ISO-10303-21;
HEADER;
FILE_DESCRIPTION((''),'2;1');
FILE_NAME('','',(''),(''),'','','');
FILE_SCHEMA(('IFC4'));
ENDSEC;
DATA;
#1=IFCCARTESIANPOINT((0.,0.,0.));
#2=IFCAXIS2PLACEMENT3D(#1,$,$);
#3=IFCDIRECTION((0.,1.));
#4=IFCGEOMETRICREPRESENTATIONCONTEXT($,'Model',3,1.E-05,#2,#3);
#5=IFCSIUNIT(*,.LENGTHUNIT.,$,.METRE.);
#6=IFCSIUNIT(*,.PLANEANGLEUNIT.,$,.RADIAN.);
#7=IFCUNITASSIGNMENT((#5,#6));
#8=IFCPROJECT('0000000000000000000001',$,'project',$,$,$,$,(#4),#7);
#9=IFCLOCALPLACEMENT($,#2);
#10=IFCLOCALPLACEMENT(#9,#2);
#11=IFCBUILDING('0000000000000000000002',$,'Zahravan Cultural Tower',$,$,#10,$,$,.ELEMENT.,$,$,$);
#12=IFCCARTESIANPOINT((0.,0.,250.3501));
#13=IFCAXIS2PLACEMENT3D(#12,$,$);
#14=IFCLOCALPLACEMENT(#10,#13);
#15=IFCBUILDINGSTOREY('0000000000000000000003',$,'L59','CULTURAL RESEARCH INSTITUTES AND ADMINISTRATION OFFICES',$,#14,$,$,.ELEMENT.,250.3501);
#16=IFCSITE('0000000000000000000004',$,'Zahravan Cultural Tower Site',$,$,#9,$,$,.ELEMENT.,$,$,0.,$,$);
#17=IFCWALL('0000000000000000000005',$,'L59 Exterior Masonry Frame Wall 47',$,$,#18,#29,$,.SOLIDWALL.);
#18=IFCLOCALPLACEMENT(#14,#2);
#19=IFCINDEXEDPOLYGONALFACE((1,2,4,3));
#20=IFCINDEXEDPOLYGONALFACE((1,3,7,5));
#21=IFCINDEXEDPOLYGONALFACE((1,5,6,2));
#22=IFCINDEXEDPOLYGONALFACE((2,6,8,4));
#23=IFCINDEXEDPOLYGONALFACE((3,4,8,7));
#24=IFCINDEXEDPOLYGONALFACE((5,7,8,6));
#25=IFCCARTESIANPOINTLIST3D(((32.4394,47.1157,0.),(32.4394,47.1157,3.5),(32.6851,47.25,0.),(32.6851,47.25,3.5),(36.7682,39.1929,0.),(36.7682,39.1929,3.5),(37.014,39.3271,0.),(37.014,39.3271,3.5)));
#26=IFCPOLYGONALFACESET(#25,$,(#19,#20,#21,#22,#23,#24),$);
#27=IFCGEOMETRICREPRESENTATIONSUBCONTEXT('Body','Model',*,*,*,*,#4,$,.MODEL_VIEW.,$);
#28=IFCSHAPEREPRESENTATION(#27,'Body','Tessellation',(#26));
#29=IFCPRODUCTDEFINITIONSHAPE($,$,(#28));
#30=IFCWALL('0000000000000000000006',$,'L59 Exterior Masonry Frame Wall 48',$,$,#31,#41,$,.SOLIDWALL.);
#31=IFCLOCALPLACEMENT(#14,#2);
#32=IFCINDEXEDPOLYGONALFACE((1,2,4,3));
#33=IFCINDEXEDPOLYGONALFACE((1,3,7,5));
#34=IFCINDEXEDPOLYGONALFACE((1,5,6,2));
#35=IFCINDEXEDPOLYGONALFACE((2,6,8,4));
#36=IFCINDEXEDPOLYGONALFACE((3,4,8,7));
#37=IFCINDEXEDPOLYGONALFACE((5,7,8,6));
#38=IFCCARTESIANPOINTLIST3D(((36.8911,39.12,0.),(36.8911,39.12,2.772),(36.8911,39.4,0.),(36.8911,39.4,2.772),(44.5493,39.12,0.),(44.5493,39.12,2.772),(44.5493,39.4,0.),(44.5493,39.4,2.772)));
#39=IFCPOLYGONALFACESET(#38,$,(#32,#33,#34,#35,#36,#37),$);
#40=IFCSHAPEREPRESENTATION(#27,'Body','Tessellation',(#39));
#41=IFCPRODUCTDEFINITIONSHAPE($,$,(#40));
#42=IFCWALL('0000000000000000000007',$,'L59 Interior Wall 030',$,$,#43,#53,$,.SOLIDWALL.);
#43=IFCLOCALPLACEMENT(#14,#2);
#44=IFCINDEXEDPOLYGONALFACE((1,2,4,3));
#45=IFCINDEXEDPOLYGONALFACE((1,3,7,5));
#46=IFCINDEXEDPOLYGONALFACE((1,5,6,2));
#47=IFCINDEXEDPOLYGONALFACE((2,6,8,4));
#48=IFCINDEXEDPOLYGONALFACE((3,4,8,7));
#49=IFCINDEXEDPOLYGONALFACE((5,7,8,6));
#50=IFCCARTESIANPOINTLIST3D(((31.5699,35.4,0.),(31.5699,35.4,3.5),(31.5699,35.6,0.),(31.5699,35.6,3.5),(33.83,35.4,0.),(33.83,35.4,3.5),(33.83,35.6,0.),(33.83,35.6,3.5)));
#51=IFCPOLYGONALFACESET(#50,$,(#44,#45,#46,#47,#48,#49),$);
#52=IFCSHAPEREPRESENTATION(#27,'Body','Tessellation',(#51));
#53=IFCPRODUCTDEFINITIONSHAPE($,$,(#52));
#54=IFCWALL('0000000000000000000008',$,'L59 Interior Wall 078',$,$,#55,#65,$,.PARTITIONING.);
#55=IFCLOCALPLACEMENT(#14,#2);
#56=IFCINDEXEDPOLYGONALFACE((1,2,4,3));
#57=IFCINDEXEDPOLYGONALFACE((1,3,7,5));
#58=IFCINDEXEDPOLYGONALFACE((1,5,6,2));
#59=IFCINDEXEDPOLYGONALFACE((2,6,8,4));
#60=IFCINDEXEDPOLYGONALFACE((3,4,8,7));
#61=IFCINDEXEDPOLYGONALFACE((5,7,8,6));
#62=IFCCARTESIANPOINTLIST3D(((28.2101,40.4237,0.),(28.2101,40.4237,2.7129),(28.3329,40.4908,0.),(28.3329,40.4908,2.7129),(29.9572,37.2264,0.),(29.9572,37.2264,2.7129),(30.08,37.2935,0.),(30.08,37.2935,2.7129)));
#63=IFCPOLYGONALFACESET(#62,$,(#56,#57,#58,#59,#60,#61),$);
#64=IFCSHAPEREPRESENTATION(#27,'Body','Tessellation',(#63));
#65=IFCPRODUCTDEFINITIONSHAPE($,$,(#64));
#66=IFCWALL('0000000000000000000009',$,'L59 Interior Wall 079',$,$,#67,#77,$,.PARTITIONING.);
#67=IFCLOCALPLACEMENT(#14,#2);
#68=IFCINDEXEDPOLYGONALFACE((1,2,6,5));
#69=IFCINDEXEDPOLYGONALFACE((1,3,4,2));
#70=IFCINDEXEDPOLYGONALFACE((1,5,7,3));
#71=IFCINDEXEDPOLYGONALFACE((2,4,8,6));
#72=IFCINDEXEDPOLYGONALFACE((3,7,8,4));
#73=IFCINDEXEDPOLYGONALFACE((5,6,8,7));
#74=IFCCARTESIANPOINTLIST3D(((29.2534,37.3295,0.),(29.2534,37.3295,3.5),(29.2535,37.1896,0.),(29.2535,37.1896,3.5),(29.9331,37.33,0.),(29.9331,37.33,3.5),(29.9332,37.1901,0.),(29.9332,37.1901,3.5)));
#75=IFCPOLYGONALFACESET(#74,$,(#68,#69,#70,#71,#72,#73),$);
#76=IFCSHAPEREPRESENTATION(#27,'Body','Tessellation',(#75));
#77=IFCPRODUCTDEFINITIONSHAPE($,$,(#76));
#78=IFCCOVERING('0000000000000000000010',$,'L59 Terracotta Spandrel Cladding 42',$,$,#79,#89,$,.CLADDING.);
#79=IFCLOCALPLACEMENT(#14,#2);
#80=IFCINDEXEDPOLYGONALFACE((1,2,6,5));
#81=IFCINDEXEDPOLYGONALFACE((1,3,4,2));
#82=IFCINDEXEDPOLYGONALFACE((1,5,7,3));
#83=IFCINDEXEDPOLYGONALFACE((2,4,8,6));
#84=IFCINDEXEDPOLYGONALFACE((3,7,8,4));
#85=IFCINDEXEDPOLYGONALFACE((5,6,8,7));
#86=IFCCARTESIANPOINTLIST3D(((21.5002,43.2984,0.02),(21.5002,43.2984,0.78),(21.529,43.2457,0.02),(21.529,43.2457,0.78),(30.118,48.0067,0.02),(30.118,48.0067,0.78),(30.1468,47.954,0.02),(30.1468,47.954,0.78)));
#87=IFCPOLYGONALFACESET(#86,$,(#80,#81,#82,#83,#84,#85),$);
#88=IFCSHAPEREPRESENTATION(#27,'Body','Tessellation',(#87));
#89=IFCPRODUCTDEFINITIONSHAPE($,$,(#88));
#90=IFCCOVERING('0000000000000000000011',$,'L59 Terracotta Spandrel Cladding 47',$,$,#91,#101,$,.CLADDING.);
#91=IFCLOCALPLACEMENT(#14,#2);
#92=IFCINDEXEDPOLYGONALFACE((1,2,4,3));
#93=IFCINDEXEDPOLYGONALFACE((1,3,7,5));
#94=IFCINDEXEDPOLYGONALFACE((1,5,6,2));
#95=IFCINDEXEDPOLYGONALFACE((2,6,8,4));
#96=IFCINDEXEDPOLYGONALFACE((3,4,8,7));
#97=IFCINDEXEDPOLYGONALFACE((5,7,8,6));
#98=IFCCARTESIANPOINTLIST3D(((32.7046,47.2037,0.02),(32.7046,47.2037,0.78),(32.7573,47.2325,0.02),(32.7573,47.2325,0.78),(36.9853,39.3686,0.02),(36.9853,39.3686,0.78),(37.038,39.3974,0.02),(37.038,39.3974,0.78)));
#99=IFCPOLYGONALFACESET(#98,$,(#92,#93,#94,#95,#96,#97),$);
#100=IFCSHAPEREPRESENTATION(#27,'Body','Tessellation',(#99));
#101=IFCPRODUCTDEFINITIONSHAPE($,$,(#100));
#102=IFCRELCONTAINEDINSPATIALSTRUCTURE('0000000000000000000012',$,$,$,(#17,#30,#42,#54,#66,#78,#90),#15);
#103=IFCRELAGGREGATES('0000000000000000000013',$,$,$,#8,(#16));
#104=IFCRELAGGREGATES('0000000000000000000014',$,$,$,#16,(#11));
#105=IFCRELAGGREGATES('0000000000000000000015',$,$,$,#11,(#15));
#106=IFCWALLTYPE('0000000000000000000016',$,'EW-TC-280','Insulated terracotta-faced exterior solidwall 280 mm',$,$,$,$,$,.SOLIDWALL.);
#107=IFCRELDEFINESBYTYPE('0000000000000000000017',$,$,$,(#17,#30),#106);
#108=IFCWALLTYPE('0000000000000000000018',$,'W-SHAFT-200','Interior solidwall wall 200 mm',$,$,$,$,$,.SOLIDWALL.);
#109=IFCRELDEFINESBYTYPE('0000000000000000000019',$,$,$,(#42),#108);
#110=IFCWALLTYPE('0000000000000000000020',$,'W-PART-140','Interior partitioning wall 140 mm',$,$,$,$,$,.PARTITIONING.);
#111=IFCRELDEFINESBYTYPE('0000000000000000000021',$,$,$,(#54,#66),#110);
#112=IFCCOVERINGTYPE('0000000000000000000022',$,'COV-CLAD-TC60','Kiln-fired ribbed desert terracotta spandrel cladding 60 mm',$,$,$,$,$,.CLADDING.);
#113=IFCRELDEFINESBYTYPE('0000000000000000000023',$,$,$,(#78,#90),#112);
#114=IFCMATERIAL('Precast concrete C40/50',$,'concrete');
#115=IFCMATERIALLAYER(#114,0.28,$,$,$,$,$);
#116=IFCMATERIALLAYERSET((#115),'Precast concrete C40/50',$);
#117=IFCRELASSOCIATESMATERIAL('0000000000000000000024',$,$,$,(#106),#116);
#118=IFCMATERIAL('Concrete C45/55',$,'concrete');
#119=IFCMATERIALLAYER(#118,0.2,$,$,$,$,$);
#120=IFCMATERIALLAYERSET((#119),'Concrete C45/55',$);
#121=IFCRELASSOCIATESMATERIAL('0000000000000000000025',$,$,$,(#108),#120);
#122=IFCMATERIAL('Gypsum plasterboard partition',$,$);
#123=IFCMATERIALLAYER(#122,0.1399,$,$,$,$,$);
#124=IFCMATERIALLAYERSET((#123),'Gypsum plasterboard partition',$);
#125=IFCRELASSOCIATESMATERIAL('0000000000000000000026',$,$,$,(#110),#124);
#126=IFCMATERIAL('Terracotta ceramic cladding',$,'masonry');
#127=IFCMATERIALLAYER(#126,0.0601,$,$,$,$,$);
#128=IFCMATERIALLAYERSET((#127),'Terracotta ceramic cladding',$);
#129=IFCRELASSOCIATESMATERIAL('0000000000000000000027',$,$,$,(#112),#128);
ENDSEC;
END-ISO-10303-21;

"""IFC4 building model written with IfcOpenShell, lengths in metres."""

from ifc_helpers import new_model, si_unit, direction, frame, frame_2d, origin, origin_2d, place, context, subcontext, project, spatial, rectangle, extrude, source, transform, mapped, material, layer, layer_set, type_object, element, save


model = new_model("IFC4")

# Units and contexts
model_context = context("Model", 3, precision=1e-05, world=origin(), true_north=direction((0.0, 1.0)))
body_context = subcontext(model_context, "Body", "Model", "MODEL_VIEW")
ifc_project = project(units=[si_unit("LENGTHUNIT", "METRE"), si_unit("PLANEANGLEUNIT", "RADIAN")], contexts=[model_context])

# Site, building, storey
site_placement = place(None, origin())
site = spatial("IfcSite", under=ifc_project, at=site_placement, Name="Zahravan Cultural Tower Site", CompositionType="ELEMENT", RefElevation=0.0)
building_placement = place(site_placement, origin())
building = spatial("IfcBuilding", under=site, at=building_placement, Name="Zahravan Cultural Tower", CompositionType="ELEMENT")
storey_placement = place(building_placement, frame((0.0, 0.0, 250.3501)))
storey = spatial("IfcBuildingStorey", under=building, at=storey_placement, Name="L59", Description="CULTURAL RESEARCH INSTITUTES AND ADMINISTRATION OFFICES", CompositionType="ELEMENT", Elevation=250.3501)

# Shared definitions
ifc_material_1 = material(Name="Concrete C45/55", Category="concrete")

# Shared definitions
ifc_material_2 = material(Name="Gypsum plasterboard partition")

# Walls
ifc_material_3 = material(Name="Precast concrete C40/50", Category="concrete")
ifc_layer_1 = layer(ifc_material_3, 0.28)
ifc_layer_set_1 = layer_set([ifc_layer_1], Name="Precast concrete C40/50")
wall_type_1 = type_object("IfcWallType", Name="EW-TC-280", Description="Insulated terracotta-faced exterior solidwall 280 mm", PredefinedType="SOLIDWALL", material=ifc_layer_set_1)
shared_shape_1 = source(origin(), body_context, "Body", "SweptSolid", [
    extrude(rectangle(XDim=9.0283, YDim=0.28, at=frame_2d((4.5142, 0.0))), origin(), (0.0, 0.0, 1.0), 3.5),
])
wall_1_placement = place(storey_placement, frame((32.5623, 47.1829, 0.0), z_axis=(0.0, 0.0, 1.0), x_axis=(0.479475, -0.877555, 0.0)))
element("IfcWall", 1, at=wall_1_placement, inside=storey, type_object=wall_type_1, Name="L59 Exterior Masonry Frame Wall 47", PredefinedType="SOLIDWALL", context=body_context, shape_type="MappedRepresentation", body=[
    mapped(shared_shape_1, transform((0.0, 0.0, 0.0), x_axis=(1.0, 0.0, 0.0), y_axis=(0.0, 1.0, 0.0), z_axis=(0.0, 0.0, 1.0), scale=1.0)),
])
shared_shape_2 = source(origin(), body_context, "Body", "SweptSolid", [
    extrude(rectangle(XDim=7.6582, YDim=0.28, at=frame_2d((3.8291, 0.0))), origin(), (0.0, 0.0, 1.0), 2.772),
])
wall_2_placement = place(storey_placement, frame((36.8911, 39.26, 0.0), z_axis=(0.0, 0.0, 1.0), x_axis=(1.0, 0.0, 0.0)))
element("IfcWall", 2, at=wall_2_placement, inside=storey, type_object=wall_type_1, Name="L59 Exterior Masonry Frame Wall 48", PredefinedType="SOLIDWALL", context=body_context, shape_type="MappedRepresentation", body=[
    mapped(shared_shape_2, transform((0.0, 0.0, 0.0), x_axis=(1.0, 0.0, 0.0), y_axis=(0.0, 1.0, 0.0), z_axis=(0.0, 0.0, 1.0), scale=1.0)),
])
ifc_layer_2 = layer(ifc_material_1, 0.2)
ifc_layer_set_2 = layer_set([ifc_layer_2], Name="Concrete C45/55")
wall_type_2 = type_object("IfcWallType", Name="W-SHAFT-200", Description="Interior solidwall wall 200 mm", PredefinedType="SOLIDWALL", material=ifc_layer_set_2)
shared_shape_3 = source(origin(), body_context, "Body", "SweptSolid", [
    extrude(rectangle(XDim=2.26, YDim=0.2, at=frame_2d((1.1299, 0.0))), origin(), (0.0, 0.0, 1.0), 3.5),
])
wall_3_placement = place(storey_placement, frame((31.5701, 35.5, 0.0), z_axis=(0.0, 0.0, 1.0), x_axis=(1.0, 0.0, 0.0)))
element("IfcWall", 3, at=wall_3_placement, inside=storey, type_object=wall_type_2, Name="L59 Interior Wall 030", PredefinedType="SOLIDWALL", context=body_context, shape_type="MappedRepresentation", body=[
    mapped(shared_shape_3, transform((0.0, 0.0, 0.0), x_axis=(1.0, 0.0, 0.0), y_axis=(0.0, 1.0, 0.0), z_axis=(0.0, 0.0, 1.0), scale=1.0)),
])
ifc_layer_3 = layer(ifc_material_2, 0.1399)
ifc_layer_set_3 = layer_set([ifc_layer_3], Name="Gypsum plasterboard partition")
wall_type_3 = type_object("IfcWallType", Name="W-PART-140", Description="Interior partitioning wall 140 mm", PredefinedType="PARTITIONING", material=ifc_layer_set_3)
shared_shape_4 = source(origin(), body_context, "Body", "SweptSolid", [
    extrude(rectangle(XDim=3.6436, YDim=0.1399, at=frame_2d((1.8218, 0.0))), origin(), (0.0, 0.0, 1.0), 2.7129),
])
wall_4_placement = place(storey_placement, frame((28.2715, 40.4573, 0.0), z_axis=(0.0, 0.0, 1.0), x_axis=(0.479509, -0.877537, 0.0)))
element("IfcWall", 4, at=wall_4_placement, inside=storey, type_object=wall_type_3, Name="L59 Interior Wall 078", PredefinedType="PARTITIONING", context=body_context, shape_type="MappedRepresentation", body=[
    mapped(shared_shape_4, transform((0.0, 0.0, 0.0), x_axis=(1.0, 0.0, 0.0), y_axis=(0.0, 1.0, 0.0), z_axis=(0.0, 0.0, 1.0), scale=1.0)),
])
shared_shape_5 = source(origin(), body_context, "Body", "SweptSolid", [
    extrude(rectangle(XDim=0.6797, YDim=0.1399, at=frame_2d((0.3398, 0.0))), origin(), (0.0, 0.0, 1.0), 3.5),
])
wall_5_placement = place(storey_placement, frame((29.9331, 37.26, 0.0), z_axis=(0.0, 0.0, 1.0), x_axis=(-1.0, -0.000718, 0.0)))
element("IfcWall", 5, at=wall_5_placement, inside=storey, type_object=wall_type_3, Name="L59 Interior Wall 079", PredefinedType="PARTITIONING", context=body_context, shape_type="MappedRepresentation", body=[
    mapped(shared_shape_5, transform((0.0, 0.0, 0.0), x_axis=(1.0, 0.0, 0.0), y_axis=(0.0, 1.0, 0.0), z_axis=(0.0, 0.0, 1.0), scale=1.0)),
])

# Coverings
ifc_material_4 = material(Name="Terracotta ceramic cladding", Category="masonry")
ifc_layer_4 = layer(ifc_material_4, 0.0601)
ifc_layer_set_4 = layer_set([ifc_layer_4], Name="Terracotta ceramic cladding")
covering_type = type_object("IfcCoveringType", Name="COV-CLAD-TC60", Description="Kiln-fired ribbed desert terracotta spandrel cladding 60 mm", PredefinedType="CLADDING", material=ifc_layer_set_4)
shared_shape_6 = source(origin(), body_context, "Body", "SweptSolid", [
    extrude(rectangle(XDim=9.8201, YDim=0.0601, at=origin_2d()), origin(), (0.0, 0.0, 1.0), 0.76),
])
covering_1_placement = place(storey_placement, frame((25.8235, 45.6262, 0.02), z_axis=(0.0, 0.0, 1.0), x_axis=(0.877565, 0.479458, 0.0)))
element("IfcCovering", 6, at=covering_1_placement, inside=storey, type_object=covering_type, Name="L59 Terracotta Spandrel Cladding 42", PredefinedType="CLADDING", context=body_context, shape_type="MappedRepresentation", body=[
    mapped(shared_shape_6, transform((0.0, 0.0, 0.0), x_axis=(1.0, 0.0, 0.0), y_axis=(0.0, 1.0, 0.0), z_axis=(0.0, 0.0, 1.0), scale=1.0)),
])
shared_shape_7 = source(origin(), body_context, "Body", "SweptSolid", [
    extrude(rectangle(XDim=8.9282, YDim=0.0601, at=origin_2d()), origin(), (0.0, 0.0, 1.0), 0.76),
])
covering_2_placement = place(storey_placement, frame((34.8713, 43.3005, 0.02), z_axis=(0.0, 0.0, 1.0), x_axis=(0.479458, -0.877565, 0.0)))
element("IfcCovering", 7, at=covering_2_placement, inside=storey, type_object=covering_type, Name="L59 Terracotta Spandrel Cladding 47", PredefinedType="CLADDING", context=body_context, shape_type="MappedRepresentation", body=[
    mapped(shared_shape_7, transform((0.0, 0.0, 0.0), x_axis=(1.0, 0.0, 0.0), y_axis=(0.0, 1.0, 0.0), z_axis=(0.0, 0.0, 1.0), scale=1.0)),
])

save(model, "model.ifc")
